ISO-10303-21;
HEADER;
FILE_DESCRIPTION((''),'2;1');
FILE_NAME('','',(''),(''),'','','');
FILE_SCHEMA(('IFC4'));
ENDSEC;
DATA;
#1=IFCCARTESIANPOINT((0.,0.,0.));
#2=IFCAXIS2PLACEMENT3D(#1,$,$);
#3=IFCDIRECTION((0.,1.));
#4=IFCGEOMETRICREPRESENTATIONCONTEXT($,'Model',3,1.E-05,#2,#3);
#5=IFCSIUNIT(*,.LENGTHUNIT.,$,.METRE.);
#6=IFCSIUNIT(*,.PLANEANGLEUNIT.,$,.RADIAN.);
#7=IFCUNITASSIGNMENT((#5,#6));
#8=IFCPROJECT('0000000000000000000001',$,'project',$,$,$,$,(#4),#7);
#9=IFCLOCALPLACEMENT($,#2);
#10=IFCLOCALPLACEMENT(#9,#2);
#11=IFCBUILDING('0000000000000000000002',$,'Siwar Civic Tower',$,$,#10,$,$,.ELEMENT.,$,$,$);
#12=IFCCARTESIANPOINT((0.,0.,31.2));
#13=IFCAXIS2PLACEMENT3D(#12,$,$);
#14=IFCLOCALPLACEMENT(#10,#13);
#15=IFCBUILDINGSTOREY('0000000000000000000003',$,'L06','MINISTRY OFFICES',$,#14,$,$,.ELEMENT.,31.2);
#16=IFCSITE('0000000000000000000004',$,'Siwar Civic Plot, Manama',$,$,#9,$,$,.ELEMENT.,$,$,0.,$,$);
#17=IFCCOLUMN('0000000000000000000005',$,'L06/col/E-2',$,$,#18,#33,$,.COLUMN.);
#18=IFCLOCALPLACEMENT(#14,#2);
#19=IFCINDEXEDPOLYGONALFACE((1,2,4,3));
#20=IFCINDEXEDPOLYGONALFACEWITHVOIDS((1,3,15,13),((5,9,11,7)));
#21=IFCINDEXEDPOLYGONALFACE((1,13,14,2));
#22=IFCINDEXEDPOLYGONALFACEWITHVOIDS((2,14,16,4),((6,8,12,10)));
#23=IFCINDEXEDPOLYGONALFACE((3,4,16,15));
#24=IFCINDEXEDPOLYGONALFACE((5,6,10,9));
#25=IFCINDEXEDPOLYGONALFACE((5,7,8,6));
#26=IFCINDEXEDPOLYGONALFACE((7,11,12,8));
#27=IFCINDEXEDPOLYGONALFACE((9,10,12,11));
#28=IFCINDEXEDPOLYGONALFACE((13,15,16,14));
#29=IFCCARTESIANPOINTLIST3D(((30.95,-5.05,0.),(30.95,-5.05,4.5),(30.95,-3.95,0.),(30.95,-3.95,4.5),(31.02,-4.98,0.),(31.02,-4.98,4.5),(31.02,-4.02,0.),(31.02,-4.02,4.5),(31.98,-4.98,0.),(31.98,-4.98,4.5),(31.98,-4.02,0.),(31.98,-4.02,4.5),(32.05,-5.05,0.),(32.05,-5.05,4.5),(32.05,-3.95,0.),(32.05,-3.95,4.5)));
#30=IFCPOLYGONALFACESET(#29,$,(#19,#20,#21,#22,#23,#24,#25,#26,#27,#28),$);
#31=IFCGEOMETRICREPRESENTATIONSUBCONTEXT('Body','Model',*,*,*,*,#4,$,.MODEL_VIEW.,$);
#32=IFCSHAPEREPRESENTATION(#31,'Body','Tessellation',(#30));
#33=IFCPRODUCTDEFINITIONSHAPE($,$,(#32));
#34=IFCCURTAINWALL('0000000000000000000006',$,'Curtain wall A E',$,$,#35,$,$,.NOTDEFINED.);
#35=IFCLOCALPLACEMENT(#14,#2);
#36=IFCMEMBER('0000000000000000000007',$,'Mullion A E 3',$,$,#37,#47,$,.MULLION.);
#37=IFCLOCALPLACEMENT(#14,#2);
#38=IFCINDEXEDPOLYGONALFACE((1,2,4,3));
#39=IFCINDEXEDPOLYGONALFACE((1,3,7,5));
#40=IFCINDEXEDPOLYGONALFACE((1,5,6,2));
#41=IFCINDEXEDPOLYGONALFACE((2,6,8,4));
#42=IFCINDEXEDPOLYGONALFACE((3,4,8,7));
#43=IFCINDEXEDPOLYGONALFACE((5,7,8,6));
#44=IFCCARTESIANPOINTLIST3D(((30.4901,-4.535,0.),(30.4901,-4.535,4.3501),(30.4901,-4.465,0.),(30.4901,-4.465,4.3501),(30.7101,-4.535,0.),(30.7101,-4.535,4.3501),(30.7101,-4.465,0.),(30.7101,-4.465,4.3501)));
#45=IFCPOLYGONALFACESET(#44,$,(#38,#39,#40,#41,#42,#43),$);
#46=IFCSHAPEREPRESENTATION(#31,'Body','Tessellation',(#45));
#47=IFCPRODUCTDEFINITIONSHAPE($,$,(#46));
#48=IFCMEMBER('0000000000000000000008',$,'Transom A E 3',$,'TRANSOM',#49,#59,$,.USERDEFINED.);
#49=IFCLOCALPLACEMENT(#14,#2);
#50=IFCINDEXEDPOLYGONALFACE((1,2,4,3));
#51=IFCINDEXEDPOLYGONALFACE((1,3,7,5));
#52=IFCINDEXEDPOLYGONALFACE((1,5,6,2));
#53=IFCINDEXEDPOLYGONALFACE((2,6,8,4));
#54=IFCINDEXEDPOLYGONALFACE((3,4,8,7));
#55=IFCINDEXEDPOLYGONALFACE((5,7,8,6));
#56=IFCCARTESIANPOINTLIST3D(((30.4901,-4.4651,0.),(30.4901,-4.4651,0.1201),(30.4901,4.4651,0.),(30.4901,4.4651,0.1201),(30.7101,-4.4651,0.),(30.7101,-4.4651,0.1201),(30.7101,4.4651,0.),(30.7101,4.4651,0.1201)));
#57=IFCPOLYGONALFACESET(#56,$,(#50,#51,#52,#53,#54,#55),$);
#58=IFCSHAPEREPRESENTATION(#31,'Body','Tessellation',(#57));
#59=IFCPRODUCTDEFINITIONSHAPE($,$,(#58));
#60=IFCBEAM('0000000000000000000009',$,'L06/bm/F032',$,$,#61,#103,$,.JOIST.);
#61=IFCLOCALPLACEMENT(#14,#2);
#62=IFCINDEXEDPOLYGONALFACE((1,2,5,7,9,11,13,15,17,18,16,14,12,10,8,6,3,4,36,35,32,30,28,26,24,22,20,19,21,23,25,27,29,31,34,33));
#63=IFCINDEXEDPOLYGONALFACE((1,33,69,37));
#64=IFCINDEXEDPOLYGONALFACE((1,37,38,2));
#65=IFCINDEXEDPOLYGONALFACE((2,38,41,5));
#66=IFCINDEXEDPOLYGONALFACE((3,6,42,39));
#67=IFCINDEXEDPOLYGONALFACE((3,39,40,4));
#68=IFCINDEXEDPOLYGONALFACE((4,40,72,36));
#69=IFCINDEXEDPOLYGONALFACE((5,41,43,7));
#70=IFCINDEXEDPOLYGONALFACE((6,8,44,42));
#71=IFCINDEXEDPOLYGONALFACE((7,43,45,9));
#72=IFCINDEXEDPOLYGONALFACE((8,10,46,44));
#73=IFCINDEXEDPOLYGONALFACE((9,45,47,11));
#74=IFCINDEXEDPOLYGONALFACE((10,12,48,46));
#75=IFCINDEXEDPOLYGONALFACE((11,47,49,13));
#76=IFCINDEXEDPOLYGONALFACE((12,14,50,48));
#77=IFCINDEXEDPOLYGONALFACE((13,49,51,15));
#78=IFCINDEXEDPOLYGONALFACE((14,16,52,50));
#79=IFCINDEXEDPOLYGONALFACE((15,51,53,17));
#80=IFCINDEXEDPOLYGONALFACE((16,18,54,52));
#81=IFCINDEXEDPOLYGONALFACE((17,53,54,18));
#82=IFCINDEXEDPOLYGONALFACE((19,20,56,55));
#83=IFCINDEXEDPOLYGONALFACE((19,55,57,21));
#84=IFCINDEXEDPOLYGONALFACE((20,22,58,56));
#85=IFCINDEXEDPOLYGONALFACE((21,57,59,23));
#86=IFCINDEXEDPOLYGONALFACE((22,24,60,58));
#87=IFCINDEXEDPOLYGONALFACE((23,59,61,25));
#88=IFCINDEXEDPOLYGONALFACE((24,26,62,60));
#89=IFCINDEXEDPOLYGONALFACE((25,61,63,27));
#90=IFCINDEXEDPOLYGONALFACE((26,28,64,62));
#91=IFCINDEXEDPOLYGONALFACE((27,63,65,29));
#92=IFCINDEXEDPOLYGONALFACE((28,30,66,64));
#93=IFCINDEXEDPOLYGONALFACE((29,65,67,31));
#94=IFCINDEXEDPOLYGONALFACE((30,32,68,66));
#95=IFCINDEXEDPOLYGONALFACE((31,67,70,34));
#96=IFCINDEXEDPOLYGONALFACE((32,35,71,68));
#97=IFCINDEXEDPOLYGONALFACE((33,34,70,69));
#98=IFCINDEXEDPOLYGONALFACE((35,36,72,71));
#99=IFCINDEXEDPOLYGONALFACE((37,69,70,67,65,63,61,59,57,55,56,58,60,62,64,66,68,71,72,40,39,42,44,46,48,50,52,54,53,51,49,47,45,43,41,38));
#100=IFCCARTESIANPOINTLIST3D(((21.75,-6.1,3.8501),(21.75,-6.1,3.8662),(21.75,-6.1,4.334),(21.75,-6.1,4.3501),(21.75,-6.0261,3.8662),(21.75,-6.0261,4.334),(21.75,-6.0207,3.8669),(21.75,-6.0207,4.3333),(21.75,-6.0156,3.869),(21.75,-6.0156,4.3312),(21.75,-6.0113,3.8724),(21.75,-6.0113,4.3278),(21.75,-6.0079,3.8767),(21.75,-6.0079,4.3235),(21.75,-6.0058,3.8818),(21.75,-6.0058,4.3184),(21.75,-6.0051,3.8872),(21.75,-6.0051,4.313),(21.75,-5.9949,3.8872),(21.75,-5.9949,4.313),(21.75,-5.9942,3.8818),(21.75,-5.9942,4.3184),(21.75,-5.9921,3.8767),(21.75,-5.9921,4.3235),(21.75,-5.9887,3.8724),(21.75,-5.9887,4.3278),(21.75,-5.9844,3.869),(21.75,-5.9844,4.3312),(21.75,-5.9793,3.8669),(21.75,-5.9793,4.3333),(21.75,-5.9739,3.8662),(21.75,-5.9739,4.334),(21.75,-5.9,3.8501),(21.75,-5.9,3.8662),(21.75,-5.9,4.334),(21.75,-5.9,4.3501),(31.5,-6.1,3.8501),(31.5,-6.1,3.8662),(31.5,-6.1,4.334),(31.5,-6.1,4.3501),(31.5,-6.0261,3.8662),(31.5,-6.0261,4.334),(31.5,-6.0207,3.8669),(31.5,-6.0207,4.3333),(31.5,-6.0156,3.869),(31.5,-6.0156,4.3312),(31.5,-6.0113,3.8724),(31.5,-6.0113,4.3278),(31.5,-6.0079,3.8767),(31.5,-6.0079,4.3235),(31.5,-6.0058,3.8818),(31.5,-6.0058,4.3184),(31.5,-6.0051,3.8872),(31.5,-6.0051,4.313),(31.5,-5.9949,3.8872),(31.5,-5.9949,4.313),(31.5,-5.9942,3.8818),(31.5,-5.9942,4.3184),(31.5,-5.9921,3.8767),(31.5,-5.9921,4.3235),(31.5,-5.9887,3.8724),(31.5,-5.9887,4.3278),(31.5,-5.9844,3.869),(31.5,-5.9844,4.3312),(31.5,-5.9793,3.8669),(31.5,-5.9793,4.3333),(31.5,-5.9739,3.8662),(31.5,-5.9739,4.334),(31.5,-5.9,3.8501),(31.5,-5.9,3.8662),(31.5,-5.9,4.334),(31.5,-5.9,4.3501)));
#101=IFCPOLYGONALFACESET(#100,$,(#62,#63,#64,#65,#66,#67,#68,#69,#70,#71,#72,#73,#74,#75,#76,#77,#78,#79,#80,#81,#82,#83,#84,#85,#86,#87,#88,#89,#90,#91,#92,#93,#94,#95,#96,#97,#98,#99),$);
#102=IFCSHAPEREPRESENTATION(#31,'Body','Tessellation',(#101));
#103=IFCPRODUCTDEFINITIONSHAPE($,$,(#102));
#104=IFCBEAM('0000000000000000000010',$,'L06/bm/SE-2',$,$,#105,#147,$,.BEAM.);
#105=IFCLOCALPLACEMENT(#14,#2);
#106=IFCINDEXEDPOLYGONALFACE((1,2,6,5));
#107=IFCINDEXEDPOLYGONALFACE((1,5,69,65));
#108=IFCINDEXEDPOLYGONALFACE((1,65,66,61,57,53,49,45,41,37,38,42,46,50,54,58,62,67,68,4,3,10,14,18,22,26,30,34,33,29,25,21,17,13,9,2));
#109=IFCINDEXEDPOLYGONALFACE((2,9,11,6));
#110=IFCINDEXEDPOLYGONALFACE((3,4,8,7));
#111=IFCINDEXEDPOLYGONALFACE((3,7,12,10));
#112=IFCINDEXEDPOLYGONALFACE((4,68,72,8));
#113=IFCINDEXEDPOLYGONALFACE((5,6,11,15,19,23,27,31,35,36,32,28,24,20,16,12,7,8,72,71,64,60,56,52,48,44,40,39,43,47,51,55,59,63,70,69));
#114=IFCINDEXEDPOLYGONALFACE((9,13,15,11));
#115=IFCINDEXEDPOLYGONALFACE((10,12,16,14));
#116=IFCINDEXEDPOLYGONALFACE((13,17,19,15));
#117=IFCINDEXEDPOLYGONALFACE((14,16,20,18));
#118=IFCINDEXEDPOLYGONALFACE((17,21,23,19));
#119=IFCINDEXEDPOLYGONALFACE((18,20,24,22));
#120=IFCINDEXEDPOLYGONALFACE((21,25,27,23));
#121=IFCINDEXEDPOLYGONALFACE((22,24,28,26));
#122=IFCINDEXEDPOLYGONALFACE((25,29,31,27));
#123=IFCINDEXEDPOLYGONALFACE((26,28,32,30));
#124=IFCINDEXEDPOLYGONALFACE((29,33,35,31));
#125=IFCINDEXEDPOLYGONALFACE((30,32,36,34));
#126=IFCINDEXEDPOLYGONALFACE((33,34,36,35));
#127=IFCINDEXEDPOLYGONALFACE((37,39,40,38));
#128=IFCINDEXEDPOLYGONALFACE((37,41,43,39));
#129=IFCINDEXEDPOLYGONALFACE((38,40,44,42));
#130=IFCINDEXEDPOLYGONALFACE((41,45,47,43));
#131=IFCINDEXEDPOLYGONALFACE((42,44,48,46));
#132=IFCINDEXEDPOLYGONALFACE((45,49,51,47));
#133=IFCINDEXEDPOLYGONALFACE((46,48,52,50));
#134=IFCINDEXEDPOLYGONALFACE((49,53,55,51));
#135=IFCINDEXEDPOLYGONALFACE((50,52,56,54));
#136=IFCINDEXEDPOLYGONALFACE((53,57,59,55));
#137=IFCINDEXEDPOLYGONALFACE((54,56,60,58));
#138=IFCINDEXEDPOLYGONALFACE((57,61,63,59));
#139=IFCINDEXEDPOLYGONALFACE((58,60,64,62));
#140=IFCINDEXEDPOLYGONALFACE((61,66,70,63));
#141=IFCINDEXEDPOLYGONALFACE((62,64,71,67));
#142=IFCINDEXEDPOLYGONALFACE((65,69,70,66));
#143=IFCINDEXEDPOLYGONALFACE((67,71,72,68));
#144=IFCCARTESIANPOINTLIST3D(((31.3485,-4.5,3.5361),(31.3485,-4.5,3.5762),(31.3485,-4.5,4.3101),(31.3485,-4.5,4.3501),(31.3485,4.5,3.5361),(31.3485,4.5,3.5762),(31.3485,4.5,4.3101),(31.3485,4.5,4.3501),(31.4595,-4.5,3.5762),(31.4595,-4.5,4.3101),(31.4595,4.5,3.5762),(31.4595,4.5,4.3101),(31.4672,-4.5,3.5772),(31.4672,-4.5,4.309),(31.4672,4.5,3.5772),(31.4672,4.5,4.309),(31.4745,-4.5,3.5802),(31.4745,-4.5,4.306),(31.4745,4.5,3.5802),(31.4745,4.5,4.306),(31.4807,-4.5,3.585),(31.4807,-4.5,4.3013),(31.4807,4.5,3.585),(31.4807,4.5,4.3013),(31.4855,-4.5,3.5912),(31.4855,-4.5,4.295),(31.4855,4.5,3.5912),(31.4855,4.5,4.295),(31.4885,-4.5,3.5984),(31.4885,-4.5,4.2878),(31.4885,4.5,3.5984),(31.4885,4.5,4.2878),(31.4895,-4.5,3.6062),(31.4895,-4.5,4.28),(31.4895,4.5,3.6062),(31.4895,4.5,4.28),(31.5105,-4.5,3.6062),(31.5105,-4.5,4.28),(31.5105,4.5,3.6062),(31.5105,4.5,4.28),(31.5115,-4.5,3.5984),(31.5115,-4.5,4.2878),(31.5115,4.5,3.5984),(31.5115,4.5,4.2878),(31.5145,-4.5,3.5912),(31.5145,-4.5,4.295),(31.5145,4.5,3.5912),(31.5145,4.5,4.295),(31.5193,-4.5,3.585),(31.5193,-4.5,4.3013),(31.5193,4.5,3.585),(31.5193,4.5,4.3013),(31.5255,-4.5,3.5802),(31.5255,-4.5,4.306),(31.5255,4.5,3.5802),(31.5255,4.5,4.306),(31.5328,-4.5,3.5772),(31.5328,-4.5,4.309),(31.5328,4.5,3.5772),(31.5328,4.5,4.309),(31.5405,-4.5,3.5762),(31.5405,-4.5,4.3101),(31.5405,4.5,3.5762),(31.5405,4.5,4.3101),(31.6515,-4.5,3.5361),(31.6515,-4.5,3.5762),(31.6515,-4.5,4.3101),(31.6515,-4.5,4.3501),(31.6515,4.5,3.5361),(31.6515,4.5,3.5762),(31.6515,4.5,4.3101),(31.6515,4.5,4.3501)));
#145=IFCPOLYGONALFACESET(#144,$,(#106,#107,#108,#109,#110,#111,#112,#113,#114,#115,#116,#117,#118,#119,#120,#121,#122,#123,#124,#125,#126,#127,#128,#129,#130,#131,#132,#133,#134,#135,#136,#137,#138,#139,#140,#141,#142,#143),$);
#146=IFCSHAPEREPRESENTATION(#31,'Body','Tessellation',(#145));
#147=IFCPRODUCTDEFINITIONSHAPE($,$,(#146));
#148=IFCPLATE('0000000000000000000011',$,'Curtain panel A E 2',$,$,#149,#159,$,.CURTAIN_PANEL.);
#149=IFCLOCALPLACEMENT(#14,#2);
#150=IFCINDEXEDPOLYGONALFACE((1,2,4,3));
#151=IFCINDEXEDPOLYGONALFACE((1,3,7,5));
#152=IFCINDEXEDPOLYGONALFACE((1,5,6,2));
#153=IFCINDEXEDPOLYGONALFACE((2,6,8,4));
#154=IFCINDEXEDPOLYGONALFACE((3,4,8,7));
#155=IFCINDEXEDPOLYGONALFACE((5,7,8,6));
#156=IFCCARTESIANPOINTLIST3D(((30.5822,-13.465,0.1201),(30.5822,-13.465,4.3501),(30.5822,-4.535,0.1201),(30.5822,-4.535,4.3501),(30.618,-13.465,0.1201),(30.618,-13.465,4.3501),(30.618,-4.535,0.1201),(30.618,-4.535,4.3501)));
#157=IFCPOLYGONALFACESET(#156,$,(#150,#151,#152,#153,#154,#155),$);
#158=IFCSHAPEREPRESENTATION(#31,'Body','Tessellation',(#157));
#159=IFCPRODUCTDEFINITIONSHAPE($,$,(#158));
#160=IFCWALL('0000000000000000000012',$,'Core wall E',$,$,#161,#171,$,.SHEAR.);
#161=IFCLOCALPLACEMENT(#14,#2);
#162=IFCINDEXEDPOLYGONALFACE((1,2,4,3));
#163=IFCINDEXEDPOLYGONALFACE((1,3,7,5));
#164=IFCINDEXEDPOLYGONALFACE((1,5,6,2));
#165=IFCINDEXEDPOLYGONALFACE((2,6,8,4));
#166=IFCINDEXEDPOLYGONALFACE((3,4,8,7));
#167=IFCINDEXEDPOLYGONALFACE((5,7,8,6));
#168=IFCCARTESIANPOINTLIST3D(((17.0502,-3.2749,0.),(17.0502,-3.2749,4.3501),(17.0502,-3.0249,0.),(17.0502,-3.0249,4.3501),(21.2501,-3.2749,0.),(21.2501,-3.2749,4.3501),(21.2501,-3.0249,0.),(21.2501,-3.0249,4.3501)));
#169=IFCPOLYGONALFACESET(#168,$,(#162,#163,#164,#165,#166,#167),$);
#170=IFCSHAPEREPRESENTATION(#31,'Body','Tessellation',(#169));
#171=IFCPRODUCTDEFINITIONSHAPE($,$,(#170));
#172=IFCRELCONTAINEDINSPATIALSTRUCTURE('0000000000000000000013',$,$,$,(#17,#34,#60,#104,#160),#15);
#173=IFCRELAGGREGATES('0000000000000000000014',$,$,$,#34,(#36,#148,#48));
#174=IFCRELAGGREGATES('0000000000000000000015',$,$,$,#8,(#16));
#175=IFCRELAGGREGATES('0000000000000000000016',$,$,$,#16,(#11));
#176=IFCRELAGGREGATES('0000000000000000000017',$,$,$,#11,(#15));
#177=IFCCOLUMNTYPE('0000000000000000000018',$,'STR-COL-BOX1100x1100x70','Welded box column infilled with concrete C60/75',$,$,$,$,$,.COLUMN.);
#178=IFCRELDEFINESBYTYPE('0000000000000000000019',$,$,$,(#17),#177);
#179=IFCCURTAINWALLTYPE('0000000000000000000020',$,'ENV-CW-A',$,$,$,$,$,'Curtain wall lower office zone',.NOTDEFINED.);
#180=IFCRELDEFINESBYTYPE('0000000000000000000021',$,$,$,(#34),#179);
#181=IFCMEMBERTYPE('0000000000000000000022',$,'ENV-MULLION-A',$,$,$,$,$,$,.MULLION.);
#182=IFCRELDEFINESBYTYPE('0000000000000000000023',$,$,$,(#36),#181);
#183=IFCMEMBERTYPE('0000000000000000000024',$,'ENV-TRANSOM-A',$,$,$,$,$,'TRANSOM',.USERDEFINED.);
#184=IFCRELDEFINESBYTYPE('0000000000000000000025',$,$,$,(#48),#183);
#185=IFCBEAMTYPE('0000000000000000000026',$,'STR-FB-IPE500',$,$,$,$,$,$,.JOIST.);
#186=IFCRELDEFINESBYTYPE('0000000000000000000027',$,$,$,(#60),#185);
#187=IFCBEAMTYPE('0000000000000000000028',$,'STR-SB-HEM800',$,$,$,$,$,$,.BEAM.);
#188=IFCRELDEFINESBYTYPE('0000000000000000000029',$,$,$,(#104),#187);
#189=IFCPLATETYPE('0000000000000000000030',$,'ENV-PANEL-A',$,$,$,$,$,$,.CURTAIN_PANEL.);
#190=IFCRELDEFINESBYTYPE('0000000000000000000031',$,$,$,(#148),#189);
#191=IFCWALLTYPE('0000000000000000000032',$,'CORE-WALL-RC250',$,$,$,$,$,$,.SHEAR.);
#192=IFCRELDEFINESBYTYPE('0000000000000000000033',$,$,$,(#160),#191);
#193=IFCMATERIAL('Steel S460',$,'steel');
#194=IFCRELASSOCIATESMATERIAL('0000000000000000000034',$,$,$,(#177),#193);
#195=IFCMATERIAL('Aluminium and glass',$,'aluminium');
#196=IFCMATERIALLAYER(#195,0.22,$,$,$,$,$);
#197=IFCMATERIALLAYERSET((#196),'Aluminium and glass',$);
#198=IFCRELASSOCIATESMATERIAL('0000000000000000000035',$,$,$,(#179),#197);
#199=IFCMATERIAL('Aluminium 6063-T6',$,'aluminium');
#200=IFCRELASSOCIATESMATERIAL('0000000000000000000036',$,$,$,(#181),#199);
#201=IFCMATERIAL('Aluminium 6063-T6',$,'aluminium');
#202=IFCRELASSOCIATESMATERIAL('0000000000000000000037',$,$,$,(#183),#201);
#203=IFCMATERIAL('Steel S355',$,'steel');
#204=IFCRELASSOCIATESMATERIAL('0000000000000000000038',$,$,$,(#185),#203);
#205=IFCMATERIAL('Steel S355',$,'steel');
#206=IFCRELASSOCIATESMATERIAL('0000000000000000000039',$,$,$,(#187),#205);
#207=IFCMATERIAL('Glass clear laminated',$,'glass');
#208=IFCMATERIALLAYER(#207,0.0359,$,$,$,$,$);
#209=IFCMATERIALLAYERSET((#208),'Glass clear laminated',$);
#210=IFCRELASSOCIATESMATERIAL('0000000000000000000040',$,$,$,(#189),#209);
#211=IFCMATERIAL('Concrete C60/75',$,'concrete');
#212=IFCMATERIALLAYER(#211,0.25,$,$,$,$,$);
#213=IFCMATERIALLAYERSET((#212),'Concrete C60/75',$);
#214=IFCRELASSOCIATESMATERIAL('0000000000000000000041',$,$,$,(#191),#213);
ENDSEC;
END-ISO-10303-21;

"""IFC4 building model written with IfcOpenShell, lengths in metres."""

from ifc_helpers import new_model, si_unit, direction, frame, frame_2d, origin, origin_2d, place, context, subcontext, project, spatial, rectangle, hollow_rectangle, i_section, extrude, material, layer, layer_set, material_profile, profile_set, type_object, element, aggregate, save


model = new_model("IFC4")

# Units and contexts
model_context = context("Model", 3, precision=1e-05, world=origin(), true_north=direction((0.0, 1.0)))
body_context = subcontext(model_context, "Body", "Model", "MODEL_VIEW")
ifc_project = project(units=[si_unit("LENGTHUNIT", "METRE"), si_unit("PLANEANGLEUNIT", "RADIAN")], contexts=[model_context])

# Site, building, storey
site_placement = place(None, origin())
site = spatial("IfcSite", under=ifc_project, at=site_placement, Name="Siwar Civic Plot, Manama", CompositionType="ELEMENT", RefElevation=0.0)
building_placement = place(site_placement, origin())
building = spatial("IfcBuilding", under=site, at=building_placement, Name="Siwar Civic Tower", CompositionType="ELEMENT")
storey_placement = place(building_placement, frame((0.0, 0.0, 31.2)))
storey = spatial("IfcBuildingStorey", under=building, at=storey_placement, Name="L06", Description="MINISTRY OFFICES", CompositionType="ELEMENT", Elevation=31.2)

# Column
ifc_material_1 = material(Name="Steel S460", Category="steel")
ifc_material_profile_1 = material_profile(ifc_material_1, hollow_rectangle(XDim=1.1001, YDim=1.1001, WallThickness=0.0701, at=origin_2d()), Name="BOX1100x1100x70")
ifc_profile_set_1 = profile_set([ifc_material_profile_1], Name="Steel S460")
column_type = type_object("IfcColumnType", Name="STR-COL-BOX1100x1100x70", Description="Welded box column infilled with concrete C60/75", PredefinedType="COLUMN", material=ifc_profile_set_1)
column_placement = place(storey_placement, frame((31.5, -4.5, 0.0), z_axis=(0.0, 0.0, 1.0), x_axis=(1.0, 0.0, 0.0)))
element("IfcColumn", 1, at=column_placement, inside=storey, type_object=column_type, Name="L06/col/E-2", PredefinedType="COLUMN", context=body_context, shape_type="SweptSolid", body=[
    extrude(hollow_rectangle(XDim=1.1001, YDim=1.1001, WallThickness=0.0701, at=origin_2d()), origin(), (0.0, 0.0, 1.0), 4.5),
])

# Curtain wall, members
ifc_material_2 = material(Name="Aluminium and glass", Category="aluminium")
ifc_layer_1 = layer(ifc_material_2, 0.22)
ifc_layer_set_1 = layer_set([ifc_layer_1], Name="Aluminium and glass")
curtain_wall_type = type_object("IfcCurtainWallType", Name="ENV-CW-A", ElementType="Curtain wall lower office zone", PredefinedType="NOTDEFINED", material=ifc_layer_set_1)
curtain_wall_placement = place(storey_placement, origin())
curtain_wall = element("IfcCurtainWall", 2, at=curtain_wall_placement, inside=storey, type_object=curtain_wall_type, Name="Curtain wall A E", PredefinedType="NOTDEFINED")
ifc_material_3 = material(Name="Aluminium 6063-T6", Category="aluminium")
ifc_material_profile_2 = material_profile(ifc_material_3, rectangle(XDim=0.22, YDim=0.0701, at=origin_2d()), Name="AL 220x70")
ifc_profile_set_2 = profile_set([ifc_material_profile_2], Name="Aluminium 6063-T6")
member_type_1 = type_object("IfcMemberType", Name="ENV-MULLION-A", PredefinedType="MULLION", material=ifc_profile_set_2)
member_1_placement = place(storey_placement, frame((30.6001, -4.5, 0.0), z_axis=(0.0, 0.0, 1.0), x_axis=(-1.0, 0.0, 0.0)))
member_1 = element("IfcMember", 3, at=member_1_placement, type_object=member_type_1, Name="Mullion A E 3", PredefinedType="MULLION", context=body_context, shape_type="SweptSolid", body=[
    extrude(rectangle(XDim=0.22, YDim=0.0701, at=origin_2d()), origin(), (0.0, 0.0, 1.0), 4.3501),
])
ifc_material_4 = material(Name="Aluminium 6063-T6", Category="aluminium")
ifc_material_profile_3 = material_profile(ifc_material_4, rectangle(XDim=0.22, YDim=0.1201, at=origin_2d()), Name="AL 220x120")
ifc_profile_set_3 = profile_set([ifc_material_profile_3], Name="Aluminium 6063-T6")
member_type_2 = type_object("IfcMemberType", Name="ENV-TRANSOM-A", ElementType="TRANSOM", PredefinedType="USERDEFINED", material=ifc_profile_set_3)
member_2_placement = place(storey_placement, frame((30.6001, -4.4651, 0.0601), z_axis=(0.0, 1.0, 0.0), x_axis=(-1.0, 0.0, 0.0)))
member_2 = element("IfcMember", 4, at=member_2_placement, type_object=member_type_2, Name="Transom A E 3", ObjectType="TRANSOM", PredefinedType="USERDEFINED", context=body_context, shape_type="SweptSolid", body=[
    extrude(rectangle(XDim=0.22, YDim=0.1201, at=origin_2d()), origin(), (0.0, 0.0, 1.0), 8.9302),
])

# Beams
ifc_material_5 = material(Name="Steel S355", Category="steel")
ifc_material_profile_4 = material_profile(ifc_material_5, i_section(OverallWidth=0.2, OverallDepth=0.5, WebThickness=0.0103, FlangeThickness=0.0161, FilletRadius=0.021, at=origin_2d()), Name="IPE500")
ifc_profile_set_4 = profile_set([ifc_material_profile_4], Name="Steel S355")
beam_type_1 = type_object("IfcBeamType", Name="STR-FB-IPE500", PredefinedType="JOIST", material=ifc_profile_set_4)
beam_1_placement = place(storey_placement, frame((21.75, -6.0, 4.1001), z_axis=(1.0, 0.0, 0.0), x_axis=(0.0, 1.0, 0.0)))
element("IfcBeam", 5, at=beam_1_placement, inside=storey, type_object=beam_type_1, Name="L06/bm/F032", PredefinedType="JOIST", context=body_context, shape_type="SweptSolid", body=[
    extrude(i_section(OverallWidth=0.2, OverallDepth=0.5, WebThickness=0.0103, FlangeThickness=0.0161, FilletRadius=0.021, at=origin_2d()), origin(), (0.0, 0.0, 1.0), 9.75),
])
ifc_material_6 = material(Name="Steel S355", Category="steel")
ifc_material_profile_5 = material_profile(ifc_material_6, i_section(OverallWidth=0.303, OverallDepth=0.814, WebThickness=0.021, FlangeThickness=0.04, FilletRadius=0.03, at=origin_2d()), Name="HEM800")
ifc_profile_set_5 = profile_set([ifc_material_profile_5], Name="Steel S355")
beam_type_2 = type_object("IfcBeamType", Name="STR-SB-HEM800", PredefinedType="BEAM", material=ifc_profile_set_5)
beam_2_placement = place(storey_placement, frame((31.5, -4.5, 3.9431), z_axis=(0.0, 1.0, 0.0), x_axis=(-1.0, 0.0, 0.0)))
element("IfcBeam", 6, at=beam_2_placement, inside=storey, type_object=beam_type_2, Name="L06/bm/SE-2", PredefinedType="BEAM", context=body_context, shape_type="SweptSolid", body=[
    extrude(i_section(OverallWidth=0.303, OverallDepth=0.814, WebThickness=0.021, FlangeThickness=0.04, FilletRadius=0.03, at=origin_2d()), origin(), (0.0, 0.0, 1.0), 9.0),
])

# Plate
ifc_material_7 = material(Name="Glass clear laminated", Category="glass")
ifc_layer_2 = layer(ifc_material_7, 0.0359)
ifc_layer_set_2 = layer_set([ifc_layer_2], Name="Glass clear laminated")
plate_type = type_object("IfcPlateType", Name="ENV-PANEL-A", PredefinedType="CURTAIN_PANEL", material=ifc_layer_set_2)
plate_placement = place(storey_placement, frame((30.6001, -9.0, 0.1201), z_axis=(0.0, 0.0, 1.0), x_axis=(0.0, 1.0, 0.0)))
plate = element("IfcPlate", 7, at=plate_placement, type_object=plate_type, Name="Curtain panel A E 2", PredefinedType="CURTAIN_PANEL", context=body_context, shape_type="SweptSolid", body=[
    extrude(rectangle(XDim=8.9299, YDim=0.0359, at=origin_2d()), origin(), (0.0, 0.0, 1.0), 4.23),
])
aggregate(curtain_wall, [member_1, plate, member_2])

# Wall
ifc_material_8 = material(Name="Concrete C60/75", Category="concrete")
ifc_layer_3 = layer(ifc_material_8, 0.25)
ifc_layer_set_3 = layer_set([ifc_layer_3], Name="Concrete C60/75")
wall_type_1 = type_object("IfcWallType", Name="CORE-WALL-RC250", PredefinedType="SHEAR", material=ifc_layer_set_3)
wall_1_placement = place(storey_placement, frame((17.05, -3.1499, 0.0), z_axis=(0.0, 0.0, 1.0), x_axis=(1.0, 0.0, 0.0)))
element("IfcWall", 8, at=wall_1_placement, inside=storey, type_object=wall_type_1, Name="Core wall E", PredefinedType="SHEAR", context=body_context, shape_type="SweptSolid", body=[
    extrude(rectangle(XDim=4.2, YDim=0.25, at=frame_2d((2.1001, 0.0))), origin(), (0.0, 0.0, 1.0), 4.3501),
])

save(model, "model.ifc")
